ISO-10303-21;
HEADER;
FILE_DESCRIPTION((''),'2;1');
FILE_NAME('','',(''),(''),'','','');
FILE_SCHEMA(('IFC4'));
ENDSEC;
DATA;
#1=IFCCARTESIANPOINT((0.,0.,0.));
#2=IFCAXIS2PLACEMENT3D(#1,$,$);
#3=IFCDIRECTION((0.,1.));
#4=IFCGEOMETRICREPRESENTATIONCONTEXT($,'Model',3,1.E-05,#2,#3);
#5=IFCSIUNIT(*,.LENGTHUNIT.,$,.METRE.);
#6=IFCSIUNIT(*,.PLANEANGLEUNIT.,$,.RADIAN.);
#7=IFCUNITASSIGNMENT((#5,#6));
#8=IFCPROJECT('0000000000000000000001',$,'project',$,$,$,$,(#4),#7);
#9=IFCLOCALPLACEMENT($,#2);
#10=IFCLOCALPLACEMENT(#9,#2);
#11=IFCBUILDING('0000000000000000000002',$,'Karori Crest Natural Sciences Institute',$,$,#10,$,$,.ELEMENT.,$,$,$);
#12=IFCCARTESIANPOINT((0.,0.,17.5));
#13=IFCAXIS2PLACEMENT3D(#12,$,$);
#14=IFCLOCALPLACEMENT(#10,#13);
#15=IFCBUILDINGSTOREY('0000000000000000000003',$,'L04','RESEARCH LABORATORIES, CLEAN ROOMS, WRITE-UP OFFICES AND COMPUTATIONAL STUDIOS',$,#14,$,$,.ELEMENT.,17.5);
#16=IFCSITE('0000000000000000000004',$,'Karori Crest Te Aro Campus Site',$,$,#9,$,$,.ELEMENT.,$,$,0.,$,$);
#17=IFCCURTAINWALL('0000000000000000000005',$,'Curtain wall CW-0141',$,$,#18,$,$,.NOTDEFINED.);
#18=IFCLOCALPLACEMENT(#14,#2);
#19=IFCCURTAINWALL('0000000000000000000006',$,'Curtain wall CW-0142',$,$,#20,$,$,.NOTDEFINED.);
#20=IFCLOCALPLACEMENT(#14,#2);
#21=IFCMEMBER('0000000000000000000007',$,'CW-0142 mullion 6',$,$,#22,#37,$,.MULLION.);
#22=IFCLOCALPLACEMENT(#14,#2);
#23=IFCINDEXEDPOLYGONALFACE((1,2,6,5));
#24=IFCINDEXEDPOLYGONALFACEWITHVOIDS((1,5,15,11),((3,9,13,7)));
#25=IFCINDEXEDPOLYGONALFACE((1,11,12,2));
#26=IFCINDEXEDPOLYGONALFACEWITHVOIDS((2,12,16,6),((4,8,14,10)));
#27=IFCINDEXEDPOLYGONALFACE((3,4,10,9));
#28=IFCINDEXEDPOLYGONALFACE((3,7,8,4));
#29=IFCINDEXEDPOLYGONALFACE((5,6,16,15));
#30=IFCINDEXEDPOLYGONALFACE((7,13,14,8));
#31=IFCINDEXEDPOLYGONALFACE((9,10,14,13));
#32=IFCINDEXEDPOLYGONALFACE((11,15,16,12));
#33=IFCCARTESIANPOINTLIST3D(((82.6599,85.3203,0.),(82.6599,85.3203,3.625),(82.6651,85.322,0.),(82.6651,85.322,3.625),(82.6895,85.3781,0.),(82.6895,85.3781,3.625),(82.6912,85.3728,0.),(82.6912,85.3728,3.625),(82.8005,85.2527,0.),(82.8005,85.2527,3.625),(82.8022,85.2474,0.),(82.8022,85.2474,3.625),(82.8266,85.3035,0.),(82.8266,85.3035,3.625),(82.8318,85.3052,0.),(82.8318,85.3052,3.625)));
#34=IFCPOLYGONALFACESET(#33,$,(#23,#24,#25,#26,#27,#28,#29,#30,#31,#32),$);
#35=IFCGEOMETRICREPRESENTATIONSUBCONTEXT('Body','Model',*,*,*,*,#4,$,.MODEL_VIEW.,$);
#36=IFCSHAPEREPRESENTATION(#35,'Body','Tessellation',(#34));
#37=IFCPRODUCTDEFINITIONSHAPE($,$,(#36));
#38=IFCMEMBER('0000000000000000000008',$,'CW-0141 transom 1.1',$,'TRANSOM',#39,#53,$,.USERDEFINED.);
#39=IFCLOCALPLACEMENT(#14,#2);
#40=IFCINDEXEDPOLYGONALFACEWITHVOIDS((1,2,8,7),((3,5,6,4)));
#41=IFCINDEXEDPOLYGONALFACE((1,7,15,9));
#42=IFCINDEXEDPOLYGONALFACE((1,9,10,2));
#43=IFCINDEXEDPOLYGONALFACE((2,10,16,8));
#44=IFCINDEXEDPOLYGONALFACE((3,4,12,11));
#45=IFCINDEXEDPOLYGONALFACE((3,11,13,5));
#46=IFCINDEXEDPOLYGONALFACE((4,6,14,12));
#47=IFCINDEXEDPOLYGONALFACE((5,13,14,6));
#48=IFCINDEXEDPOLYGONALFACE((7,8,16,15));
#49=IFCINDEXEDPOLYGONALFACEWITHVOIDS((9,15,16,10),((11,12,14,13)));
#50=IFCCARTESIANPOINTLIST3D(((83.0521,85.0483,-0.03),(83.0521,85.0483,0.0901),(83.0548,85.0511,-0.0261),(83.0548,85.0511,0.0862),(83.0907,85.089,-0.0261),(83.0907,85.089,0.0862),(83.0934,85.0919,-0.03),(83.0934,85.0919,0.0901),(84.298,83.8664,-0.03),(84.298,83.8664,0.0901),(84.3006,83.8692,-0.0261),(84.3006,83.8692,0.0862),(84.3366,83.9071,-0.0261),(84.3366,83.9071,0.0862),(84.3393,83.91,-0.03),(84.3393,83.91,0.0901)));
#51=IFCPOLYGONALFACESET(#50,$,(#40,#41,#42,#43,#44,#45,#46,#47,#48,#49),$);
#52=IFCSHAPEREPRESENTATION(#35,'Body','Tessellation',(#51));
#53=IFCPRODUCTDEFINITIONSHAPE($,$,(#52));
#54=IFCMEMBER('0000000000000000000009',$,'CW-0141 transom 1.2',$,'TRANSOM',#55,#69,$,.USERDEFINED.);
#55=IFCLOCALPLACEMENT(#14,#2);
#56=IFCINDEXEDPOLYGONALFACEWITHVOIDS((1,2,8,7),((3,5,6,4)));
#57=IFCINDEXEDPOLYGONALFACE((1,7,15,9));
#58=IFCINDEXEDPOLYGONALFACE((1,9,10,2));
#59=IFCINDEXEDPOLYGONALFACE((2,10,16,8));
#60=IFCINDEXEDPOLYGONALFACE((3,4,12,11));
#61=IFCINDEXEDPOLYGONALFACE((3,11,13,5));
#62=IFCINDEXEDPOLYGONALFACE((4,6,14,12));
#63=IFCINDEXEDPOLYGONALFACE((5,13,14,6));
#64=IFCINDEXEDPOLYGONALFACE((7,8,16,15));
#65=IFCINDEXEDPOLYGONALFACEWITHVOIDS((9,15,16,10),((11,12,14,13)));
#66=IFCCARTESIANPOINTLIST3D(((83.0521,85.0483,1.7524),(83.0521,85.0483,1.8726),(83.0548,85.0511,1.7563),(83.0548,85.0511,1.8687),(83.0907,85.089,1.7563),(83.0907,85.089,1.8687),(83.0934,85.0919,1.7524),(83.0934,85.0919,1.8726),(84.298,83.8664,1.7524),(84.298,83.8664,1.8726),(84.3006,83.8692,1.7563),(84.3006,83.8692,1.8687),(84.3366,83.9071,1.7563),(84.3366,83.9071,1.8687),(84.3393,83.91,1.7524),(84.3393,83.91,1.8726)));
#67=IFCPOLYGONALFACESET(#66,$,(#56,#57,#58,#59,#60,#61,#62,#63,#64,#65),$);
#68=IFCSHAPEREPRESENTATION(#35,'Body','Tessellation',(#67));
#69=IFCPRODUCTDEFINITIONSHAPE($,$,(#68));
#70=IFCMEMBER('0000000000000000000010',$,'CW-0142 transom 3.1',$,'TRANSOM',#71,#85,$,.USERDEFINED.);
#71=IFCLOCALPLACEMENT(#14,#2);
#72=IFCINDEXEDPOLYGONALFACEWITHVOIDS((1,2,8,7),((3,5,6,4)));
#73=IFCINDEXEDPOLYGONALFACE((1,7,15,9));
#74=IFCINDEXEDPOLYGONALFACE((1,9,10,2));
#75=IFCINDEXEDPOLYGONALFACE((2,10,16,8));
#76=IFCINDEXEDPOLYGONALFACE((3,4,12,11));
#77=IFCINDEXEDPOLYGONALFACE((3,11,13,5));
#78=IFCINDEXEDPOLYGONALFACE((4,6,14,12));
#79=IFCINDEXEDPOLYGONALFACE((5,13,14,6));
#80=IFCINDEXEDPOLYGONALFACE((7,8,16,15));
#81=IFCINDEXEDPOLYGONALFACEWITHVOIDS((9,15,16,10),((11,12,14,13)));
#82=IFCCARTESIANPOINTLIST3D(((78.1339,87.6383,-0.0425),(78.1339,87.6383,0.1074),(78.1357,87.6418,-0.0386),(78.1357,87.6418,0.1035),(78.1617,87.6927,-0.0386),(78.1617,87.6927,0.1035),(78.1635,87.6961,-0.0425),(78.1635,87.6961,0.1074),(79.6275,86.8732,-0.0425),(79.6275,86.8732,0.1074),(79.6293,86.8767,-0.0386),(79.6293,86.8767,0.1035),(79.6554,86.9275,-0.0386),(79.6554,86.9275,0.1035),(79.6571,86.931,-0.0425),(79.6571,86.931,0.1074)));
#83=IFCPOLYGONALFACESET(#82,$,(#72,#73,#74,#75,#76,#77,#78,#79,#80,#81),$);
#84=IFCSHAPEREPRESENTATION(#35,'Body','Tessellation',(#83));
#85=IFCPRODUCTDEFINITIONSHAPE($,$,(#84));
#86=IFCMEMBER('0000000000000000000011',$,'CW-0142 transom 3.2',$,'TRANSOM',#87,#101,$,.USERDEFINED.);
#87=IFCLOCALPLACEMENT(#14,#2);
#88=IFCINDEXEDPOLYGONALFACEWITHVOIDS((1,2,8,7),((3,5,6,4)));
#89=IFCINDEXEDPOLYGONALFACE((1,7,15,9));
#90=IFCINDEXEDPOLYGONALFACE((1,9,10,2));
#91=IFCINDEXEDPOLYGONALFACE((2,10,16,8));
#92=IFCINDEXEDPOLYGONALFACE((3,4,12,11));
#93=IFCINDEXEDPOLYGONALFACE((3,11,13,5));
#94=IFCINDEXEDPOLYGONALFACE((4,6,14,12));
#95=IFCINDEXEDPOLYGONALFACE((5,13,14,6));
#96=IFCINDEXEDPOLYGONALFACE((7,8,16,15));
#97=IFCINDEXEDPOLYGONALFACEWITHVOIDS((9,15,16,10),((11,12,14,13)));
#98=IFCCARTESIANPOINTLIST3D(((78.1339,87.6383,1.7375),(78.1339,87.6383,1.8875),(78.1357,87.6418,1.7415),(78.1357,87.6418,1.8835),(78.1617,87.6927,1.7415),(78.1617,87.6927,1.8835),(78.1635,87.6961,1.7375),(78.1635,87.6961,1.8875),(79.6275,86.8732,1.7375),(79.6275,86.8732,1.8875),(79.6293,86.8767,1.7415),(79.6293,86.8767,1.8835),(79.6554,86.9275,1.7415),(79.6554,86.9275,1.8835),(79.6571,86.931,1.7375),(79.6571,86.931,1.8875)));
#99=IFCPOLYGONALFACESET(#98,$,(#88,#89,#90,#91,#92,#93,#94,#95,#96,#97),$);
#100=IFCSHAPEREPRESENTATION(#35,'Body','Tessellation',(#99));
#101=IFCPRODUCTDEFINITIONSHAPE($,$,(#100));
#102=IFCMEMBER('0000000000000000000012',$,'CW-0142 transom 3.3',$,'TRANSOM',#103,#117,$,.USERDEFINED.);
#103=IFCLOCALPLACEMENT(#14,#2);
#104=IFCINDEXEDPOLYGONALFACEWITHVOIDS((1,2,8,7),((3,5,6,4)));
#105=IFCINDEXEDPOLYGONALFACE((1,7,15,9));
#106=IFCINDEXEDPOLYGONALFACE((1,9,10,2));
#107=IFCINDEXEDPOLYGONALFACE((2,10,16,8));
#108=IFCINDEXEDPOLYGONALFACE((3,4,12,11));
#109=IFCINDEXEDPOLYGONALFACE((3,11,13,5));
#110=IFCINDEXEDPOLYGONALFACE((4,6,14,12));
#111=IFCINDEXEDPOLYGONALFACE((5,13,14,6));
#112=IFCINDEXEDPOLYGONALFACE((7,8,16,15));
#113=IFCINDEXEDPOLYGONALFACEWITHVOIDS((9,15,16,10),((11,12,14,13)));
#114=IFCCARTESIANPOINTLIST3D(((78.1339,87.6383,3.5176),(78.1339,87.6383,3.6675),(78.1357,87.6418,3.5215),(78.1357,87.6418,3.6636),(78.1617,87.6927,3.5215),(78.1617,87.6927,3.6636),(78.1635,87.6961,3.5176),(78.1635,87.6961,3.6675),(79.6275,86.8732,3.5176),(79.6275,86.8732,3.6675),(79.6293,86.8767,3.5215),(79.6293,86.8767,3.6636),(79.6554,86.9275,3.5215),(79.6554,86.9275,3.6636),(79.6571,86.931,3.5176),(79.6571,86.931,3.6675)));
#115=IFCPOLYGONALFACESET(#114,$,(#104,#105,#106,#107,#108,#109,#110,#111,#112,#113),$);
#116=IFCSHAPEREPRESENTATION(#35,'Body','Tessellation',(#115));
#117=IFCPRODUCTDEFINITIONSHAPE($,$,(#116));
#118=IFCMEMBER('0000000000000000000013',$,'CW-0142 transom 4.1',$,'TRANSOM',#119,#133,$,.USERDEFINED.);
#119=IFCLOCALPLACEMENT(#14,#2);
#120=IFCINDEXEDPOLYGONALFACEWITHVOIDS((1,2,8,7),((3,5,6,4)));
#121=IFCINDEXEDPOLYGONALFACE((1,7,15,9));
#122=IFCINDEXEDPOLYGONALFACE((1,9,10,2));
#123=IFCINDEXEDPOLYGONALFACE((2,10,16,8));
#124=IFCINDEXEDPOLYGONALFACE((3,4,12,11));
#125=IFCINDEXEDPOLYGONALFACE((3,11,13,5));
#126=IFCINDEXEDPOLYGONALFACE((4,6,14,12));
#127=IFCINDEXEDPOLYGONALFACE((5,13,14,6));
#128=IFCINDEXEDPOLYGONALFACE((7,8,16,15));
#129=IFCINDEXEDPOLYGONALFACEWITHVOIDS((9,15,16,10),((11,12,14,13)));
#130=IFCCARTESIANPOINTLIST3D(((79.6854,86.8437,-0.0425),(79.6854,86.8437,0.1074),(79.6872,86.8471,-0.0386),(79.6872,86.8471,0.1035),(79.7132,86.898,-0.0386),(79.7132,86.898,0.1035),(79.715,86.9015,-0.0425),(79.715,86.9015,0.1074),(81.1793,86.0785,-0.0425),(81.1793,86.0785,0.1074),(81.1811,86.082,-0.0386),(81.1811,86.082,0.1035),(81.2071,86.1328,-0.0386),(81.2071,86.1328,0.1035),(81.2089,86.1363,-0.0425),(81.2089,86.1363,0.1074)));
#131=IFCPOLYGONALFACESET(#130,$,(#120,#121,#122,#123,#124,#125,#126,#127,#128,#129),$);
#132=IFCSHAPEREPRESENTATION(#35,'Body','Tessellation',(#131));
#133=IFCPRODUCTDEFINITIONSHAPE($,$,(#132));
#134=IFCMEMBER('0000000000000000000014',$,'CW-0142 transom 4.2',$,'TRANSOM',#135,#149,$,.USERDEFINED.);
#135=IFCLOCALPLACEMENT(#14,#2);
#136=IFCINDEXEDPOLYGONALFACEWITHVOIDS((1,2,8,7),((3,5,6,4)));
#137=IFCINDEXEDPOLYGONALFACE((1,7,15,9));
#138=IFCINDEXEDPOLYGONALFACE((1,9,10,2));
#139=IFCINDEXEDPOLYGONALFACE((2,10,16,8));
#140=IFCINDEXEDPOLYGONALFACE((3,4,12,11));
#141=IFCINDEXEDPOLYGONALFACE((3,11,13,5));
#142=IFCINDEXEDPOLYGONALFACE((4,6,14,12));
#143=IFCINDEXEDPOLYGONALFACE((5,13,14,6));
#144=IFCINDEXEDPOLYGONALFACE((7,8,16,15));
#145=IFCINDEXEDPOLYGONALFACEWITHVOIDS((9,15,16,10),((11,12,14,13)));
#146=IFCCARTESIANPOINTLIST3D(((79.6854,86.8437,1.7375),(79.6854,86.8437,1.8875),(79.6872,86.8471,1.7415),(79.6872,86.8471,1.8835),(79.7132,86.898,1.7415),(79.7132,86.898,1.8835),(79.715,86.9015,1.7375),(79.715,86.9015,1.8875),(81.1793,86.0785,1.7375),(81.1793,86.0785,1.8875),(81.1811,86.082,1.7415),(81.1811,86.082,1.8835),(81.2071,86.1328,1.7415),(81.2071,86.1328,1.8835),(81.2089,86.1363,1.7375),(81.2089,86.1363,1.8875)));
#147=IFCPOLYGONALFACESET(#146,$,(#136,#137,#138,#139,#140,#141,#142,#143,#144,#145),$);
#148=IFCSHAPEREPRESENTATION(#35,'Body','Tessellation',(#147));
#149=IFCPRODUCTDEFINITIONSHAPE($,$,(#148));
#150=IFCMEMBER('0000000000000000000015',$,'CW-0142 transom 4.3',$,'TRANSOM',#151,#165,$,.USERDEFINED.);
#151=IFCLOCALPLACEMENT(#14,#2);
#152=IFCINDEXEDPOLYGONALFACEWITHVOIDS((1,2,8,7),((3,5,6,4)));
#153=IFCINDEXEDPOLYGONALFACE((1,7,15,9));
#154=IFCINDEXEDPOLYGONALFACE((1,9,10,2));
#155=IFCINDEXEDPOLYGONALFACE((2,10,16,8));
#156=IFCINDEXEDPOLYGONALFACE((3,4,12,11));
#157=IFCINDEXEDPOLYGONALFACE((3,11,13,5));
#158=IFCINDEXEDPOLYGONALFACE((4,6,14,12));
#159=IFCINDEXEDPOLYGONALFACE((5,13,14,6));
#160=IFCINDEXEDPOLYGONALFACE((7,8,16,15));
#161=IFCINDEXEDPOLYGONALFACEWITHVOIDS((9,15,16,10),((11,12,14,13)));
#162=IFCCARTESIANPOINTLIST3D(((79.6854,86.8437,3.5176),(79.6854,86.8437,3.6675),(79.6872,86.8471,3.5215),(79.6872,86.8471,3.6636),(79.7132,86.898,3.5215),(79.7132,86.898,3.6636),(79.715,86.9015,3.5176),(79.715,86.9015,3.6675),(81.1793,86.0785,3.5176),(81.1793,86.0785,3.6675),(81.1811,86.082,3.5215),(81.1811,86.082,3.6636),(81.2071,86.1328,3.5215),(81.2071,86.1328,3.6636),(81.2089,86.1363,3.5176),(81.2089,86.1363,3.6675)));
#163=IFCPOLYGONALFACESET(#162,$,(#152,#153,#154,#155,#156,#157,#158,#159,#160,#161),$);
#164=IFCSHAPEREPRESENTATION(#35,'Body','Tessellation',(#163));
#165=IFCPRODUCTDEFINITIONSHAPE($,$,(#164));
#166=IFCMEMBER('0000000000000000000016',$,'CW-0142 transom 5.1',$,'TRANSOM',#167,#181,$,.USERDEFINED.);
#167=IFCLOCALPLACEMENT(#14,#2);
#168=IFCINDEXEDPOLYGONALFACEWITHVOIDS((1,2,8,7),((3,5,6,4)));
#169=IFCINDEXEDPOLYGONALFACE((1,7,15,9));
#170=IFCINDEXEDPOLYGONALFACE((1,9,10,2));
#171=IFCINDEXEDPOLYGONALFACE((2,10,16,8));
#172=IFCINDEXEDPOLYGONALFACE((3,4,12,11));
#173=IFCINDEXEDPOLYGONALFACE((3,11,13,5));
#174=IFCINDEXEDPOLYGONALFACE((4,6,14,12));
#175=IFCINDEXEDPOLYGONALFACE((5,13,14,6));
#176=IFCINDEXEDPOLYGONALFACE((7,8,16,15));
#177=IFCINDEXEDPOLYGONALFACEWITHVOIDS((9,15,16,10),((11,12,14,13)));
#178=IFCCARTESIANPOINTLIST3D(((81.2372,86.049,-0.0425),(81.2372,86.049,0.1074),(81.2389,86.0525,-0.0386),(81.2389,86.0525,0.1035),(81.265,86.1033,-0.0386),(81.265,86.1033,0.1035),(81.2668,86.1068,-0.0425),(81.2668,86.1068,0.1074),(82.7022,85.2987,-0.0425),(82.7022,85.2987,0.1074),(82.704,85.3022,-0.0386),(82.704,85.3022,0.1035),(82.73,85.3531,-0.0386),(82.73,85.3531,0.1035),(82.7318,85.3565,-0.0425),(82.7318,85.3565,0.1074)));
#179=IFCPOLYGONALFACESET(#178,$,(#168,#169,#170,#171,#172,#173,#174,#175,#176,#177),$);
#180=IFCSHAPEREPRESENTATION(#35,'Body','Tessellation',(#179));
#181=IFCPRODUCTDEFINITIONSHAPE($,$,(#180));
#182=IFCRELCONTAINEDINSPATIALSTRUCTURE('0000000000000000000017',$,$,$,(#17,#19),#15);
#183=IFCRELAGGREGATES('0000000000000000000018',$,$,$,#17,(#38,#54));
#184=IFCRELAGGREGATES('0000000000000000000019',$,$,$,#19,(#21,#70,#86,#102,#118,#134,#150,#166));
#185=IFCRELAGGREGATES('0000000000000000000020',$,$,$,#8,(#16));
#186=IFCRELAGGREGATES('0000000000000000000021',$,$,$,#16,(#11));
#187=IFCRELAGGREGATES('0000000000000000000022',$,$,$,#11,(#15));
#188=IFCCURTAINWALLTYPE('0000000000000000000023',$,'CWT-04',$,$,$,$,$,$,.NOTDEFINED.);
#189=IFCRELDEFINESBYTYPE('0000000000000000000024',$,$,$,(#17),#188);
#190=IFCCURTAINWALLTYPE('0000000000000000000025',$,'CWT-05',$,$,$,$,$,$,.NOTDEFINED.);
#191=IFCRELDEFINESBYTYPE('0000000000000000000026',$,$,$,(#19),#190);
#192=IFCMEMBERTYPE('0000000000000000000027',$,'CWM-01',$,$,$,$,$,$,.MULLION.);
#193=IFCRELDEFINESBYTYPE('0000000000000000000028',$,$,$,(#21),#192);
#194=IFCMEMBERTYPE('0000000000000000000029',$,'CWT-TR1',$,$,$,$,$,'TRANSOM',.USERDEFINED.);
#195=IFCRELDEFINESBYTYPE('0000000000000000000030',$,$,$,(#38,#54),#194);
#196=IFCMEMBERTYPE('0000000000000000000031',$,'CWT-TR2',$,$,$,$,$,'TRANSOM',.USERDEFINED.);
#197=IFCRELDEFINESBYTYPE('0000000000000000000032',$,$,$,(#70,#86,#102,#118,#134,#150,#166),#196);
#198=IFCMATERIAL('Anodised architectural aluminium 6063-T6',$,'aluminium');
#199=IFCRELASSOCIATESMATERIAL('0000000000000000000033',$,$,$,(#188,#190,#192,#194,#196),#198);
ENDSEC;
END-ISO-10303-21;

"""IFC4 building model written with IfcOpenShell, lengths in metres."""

from ifc_helpers import new_model, si_unit, direction, frame, origin, origin_2d, place, context, subcontext, project, spatial, hollow_rectangle, extrude, material, material_profile, profile_set, type_object, element, aggregate, save


model = new_model("IFC4")

# Units and contexts
model_context = context("Model", 3, precision=1e-05, world=origin(), true_north=direction((0.0, 1.0)))
body_context = subcontext(model_context, "Body", "Model", "MODEL_VIEW")
ifc_project = project(units=[si_unit("LENGTHUNIT", "METRE"), si_unit("PLANEANGLEUNIT", "RADIAN")], contexts=[model_context])

# Site, building, storey
site_placement = place(None, origin())
site = spatial("IfcSite", under=ifc_project, at=site_placement, Name="Karori Crest Te Aro Campus Site", CompositionType="ELEMENT", RefElevation=0.0)
building_placement = place(site_placement, origin())
building = spatial("IfcBuilding", under=site, at=building_placement, Name="Karori Crest Natural Sciences Institute", CompositionType="ELEMENT")
storey_placement = place(building_placement, frame((0.0, 0.0, 17.5)))
storey = spatial("IfcBuildingStorey", under=building, at=storey_placement, Name="L04", Description="RESEARCH LABORATORIES, CLEAN ROOMS, WRITE-UP OFFICES AND COMPUTATIONAL STUDIOS", CompositionType="ELEMENT", Elevation=17.5)

# Curtain wall
ifc_material_1 = material(Name="Anodised architectural aluminium 6063-T6", Category="aluminium")
curtain_wall_type_1 = type_object("IfcCurtainWallType", Name="CWT-04", PredefinedType="NOTDEFINED", material=ifc_material_1)
curtain_wall_1_placement = place(storey_placement, origin())
curtain_wall_1 = element("IfcCurtainWall", 1, at=curtain_wall_1_placement, inside=storey, type_object=curtain_wall_type_1, Name="Curtain wall CW-0141", PredefinedType="NOTDEFINED")
ifc_material_profile_1 = material_profile(ifc_material_1, hollow_rectangle(XDim=0.0649, YDim=0.1599, WallThickness=0.0039, at=origin_2d()), Name="CWM160x65x4")
ifc_profile_set_1 = profile_set([ifc_material_profile_1], Name="Anodised architectural aluminium 6063-T6")
member_type_1 = type_object("IfcMemberType", Name="CWM-01", PredefinedType="MULLION", material=ifc_profile_set_1)

# Curtain wall, member
curtain_wall_type_2 = type_object("IfcCurtainWallType", Name="CWT-05", PredefinedType="NOTDEFINED", material=ifc_material_1)
curtain_wall_2_placement = place(storey_placement, origin())
curtain_wall_2 = element("IfcCurtainWall", 2, at=curtain_wall_2_placement, inside=storey, type_object=curtain_wall_type_2, Name="Curtain wall CW-0142", PredefinedType="NOTDEFINED")
member_1_placement = place(storey_placement, frame((82.7458, 85.3127, 0.0), z_axis=(0.0, 0.0, 1.0), x_axis=(0.455829, 0.890067, 0.0)))
member_1 = element("IfcMember", 3, at=member_1_placement, type_object=member_type_1, Name="CW-0142 mullion 6", PredefinedType="MULLION", context=body_context, shape_type="SweptSolid", body=[
    extrude(hollow_rectangle(XDim=0.0649, YDim=0.1599, WallThickness=0.0039, at=origin_2d()), origin(), (0.0, 0.0, 1.0), 3.625),
])

# Members
ifc_material_profile_2 = material_profile(ifc_material_1, hollow_rectangle(XDim=0.0601, YDim=0.1201, WallThickness=0.0039, at=origin_2d()), Name="CWT120x60x4")
ifc_profile_set_2 = profile_set([ifc_material_profile_2], Name="Anodised architectural aluminium 6063-T6")
member_type_2 = type_object("IfcMemberType", Name="CWT-TR1", ElementType="TRANSOM", PredefinedType="USERDEFINED", material=ifc_profile_set_2)
member_2_placement = place(storey_placement, frame((83.0728, 85.0701, 0.03), z_axis=(0.725486, -0.688237, 0.0), x_axis=(0.688237, 0.725486, 0.0)))
member_2 = element("IfcMember", 4, at=member_2_placement, type_object=member_type_2, Name="CW-0141 transom 1.1", ObjectType="TRANSOM", PredefinedType="USERDEFINED", context=body_context, shape_type="SweptSolid", body=[
    extrude(hollow_rectangle(XDim=0.0601, YDim=0.1201, WallThickness=0.0039, at=origin_2d()), origin(), (0.0, 0.0, 1.0), 1.7173),
])
member_3_placement = place(storey_placement, frame((83.0728, 85.0701, 1.8125), z_axis=(0.725486, -0.688237, 0.0), x_axis=(0.688237, 0.725486, 0.0)))
member_3 = element("IfcMember", 5, at=member_3_placement, type_object=member_type_2, Name="CW-0141 transom 1.2", ObjectType="TRANSOM", PredefinedType="USERDEFINED", context=body_context, shape_type="SweptSolid", body=[
    extrude(hollow_rectangle(XDim=0.0601, YDim=0.1201, WallThickness=0.0039, at=origin_2d()), origin(), (0.0, 0.0, 1.0), 1.7173),
])
aggregate(curtain_wall_1, [member_2, member_3])
ifc_material_profile_3 = material_profile(ifc_material_1, hollow_rectangle(XDim=0.0649, YDim=0.1499, WallThickness=0.0039, at=origin_2d()), Name="CWT150x65x4")
ifc_profile_set_3 = profile_set([ifc_material_profile_3], Name="Anodised architectural aluminium 6063-T6")
member_type_3 = type_object("IfcMemberType", Name="CWT-TR2", ElementType="TRANSOM", PredefinedType="USERDEFINED", material=ifc_profile_set_3)
member_4_placement = place(storey_placement, frame((78.1487, 87.6672, 0.0325), z_axis=(0.89002, -0.455921, 0.0), x_axis=(0.455921, 0.89002, 0.0)))
member_4 = element("IfcMember", 6, at=member_4_placement, type_object=member_type_3, Name="CW-0142 transom 3.1", ObjectType="TRANSOM", PredefinedType="USERDEFINED", context=body_context, shape_type="SweptSolid", body=[
    extrude(hollow_rectangle(XDim=0.0649, YDim=0.1499, WallThickness=0.0039, at=origin_2d()), origin(), (0.0, 0.0, 1.0), 1.6782),
])
member_5_placement = place(storey_placement, frame((78.1487, 87.6672, 1.8125), z_axis=(0.89002, -0.455921, 0.0), x_axis=(0.455921, 0.89002, 0.0)))
member_5 = element("IfcMember", 7, at=member_5_placement, type_object=member_type_3, Name="CW-0142 transom 3.2", ObjectType="TRANSOM", PredefinedType="USERDEFINED", context=body_context, shape_type="SweptSolid", body=[
    extrude(hollow_rectangle(XDim=0.0649, YDim=0.1499, WallThickness=0.0039, at=origin_2d()), origin(), (0.0, 0.0, 1.0), 1.6782),
])
member_6_placement = place(storey_placement, frame((78.1487, 87.6672, 3.5925), z_axis=(0.89002, -0.455921, 0.0), x_axis=(0.455921, 0.89002, 0.0)))
member_6 = element("IfcMember", 8, at=member_6_placement, type_object=member_type_3, Name="CW-0142 transom 3.3", ObjectType="TRANSOM", PredefinedType="USERDEFINED", context=body_context, shape_type="SweptSolid", body=[
    extrude(hollow_rectangle(XDim=0.0649, YDim=0.1499, WallThickness=0.0039, at=origin_2d()), origin(), (0.0, 0.0, 1.0), 1.6782),
])
member_7_placement = place(storey_placement, frame((79.7002, 86.8726, 0.0325), z_axis=(0.890051, -0.455862, 0.0), x_axis=(0.455862, 0.890051, 0.0)))
member_7 = element("IfcMember", 9, at=member_7_placement, type_object=member_type_3, Name="CW-0142 transom 4.1", ObjectType="TRANSOM", PredefinedType="USERDEFINED", context=body_context, shape_type="SweptSolid", body=[
    extrude(hollow_rectangle(XDim=0.0649, YDim=0.1499, WallThickness=0.0039, at=origin_2d()), origin(), (0.0, 0.0, 1.0), 1.6785),
])
member_8_placement = place(storey_placement, frame((79.7002, 86.8726, 1.8125), z_axis=(0.890051, -0.455862, 0.0), x_axis=(0.455862, 0.890051, 0.0)))
member_8 = element("IfcMember", 10, at=member_8_placement, type_object=member_type_3, Name="CW-0142 transom 4.2", ObjectType="TRANSOM", PredefinedType="USERDEFINED", context=body_context, shape_type="SweptSolid", body=[
    extrude(hollow_rectangle(XDim=0.0649, YDim=0.1499, WallThickness=0.0039, at=origin_2d()), origin(), (0.0, 0.0, 1.0), 1.6785),
])
member_9_placement = place(storey_placement, frame((79.7002, 86.8726, 3.5925), z_axis=(0.890051, -0.455862, 0.0), x_axis=(0.455862, 0.890051, 0.0)))
member_9 = element("IfcMember", 11, at=member_9_placement, type_object=member_type_3, Name="CW-0142 transom 4.3", ObjectType="TRANSOM", PredefinedType="USERDEFINED", context=body_context, shape_type="SweptSolid", body=[
    extrude(hollow_rectangle(XDim=0.0649, YDim=0.1499, WallThickness=0.0039, at=origin_2d()), origin(), (0.0, 0.0, 1.0), 1.6785),
])
member_10_placement = place(storey_placement, frame((81.252, 86.0779, 0.0325), z_axis=(0.890084, -0.455796, 0.0), x_axis=(0.455796, 0.890084, 0.0)))
member_10 = element("IfcMember", 12, at=member_10_placement, type_object=member_type_3, Name="CW-0142 transom 5.1", ObjectType="TRANSOM", PredefinedType="USERDEFINED", context=body_context, shape_type="SweptSolid", body=[
    extrude(hollow_rectangle(XDim=0.0649, YDim=0.1499, WallThickness=0.0039, at=origin_2d()), origin(), (0.0, 0.0, 1.0), 1.646),
])

aggregate(curtain_wall_2, [member_1, member_4, member_5, member_6, member_7, member_8, member_9, member_10])

save(model, "model.ifc")
